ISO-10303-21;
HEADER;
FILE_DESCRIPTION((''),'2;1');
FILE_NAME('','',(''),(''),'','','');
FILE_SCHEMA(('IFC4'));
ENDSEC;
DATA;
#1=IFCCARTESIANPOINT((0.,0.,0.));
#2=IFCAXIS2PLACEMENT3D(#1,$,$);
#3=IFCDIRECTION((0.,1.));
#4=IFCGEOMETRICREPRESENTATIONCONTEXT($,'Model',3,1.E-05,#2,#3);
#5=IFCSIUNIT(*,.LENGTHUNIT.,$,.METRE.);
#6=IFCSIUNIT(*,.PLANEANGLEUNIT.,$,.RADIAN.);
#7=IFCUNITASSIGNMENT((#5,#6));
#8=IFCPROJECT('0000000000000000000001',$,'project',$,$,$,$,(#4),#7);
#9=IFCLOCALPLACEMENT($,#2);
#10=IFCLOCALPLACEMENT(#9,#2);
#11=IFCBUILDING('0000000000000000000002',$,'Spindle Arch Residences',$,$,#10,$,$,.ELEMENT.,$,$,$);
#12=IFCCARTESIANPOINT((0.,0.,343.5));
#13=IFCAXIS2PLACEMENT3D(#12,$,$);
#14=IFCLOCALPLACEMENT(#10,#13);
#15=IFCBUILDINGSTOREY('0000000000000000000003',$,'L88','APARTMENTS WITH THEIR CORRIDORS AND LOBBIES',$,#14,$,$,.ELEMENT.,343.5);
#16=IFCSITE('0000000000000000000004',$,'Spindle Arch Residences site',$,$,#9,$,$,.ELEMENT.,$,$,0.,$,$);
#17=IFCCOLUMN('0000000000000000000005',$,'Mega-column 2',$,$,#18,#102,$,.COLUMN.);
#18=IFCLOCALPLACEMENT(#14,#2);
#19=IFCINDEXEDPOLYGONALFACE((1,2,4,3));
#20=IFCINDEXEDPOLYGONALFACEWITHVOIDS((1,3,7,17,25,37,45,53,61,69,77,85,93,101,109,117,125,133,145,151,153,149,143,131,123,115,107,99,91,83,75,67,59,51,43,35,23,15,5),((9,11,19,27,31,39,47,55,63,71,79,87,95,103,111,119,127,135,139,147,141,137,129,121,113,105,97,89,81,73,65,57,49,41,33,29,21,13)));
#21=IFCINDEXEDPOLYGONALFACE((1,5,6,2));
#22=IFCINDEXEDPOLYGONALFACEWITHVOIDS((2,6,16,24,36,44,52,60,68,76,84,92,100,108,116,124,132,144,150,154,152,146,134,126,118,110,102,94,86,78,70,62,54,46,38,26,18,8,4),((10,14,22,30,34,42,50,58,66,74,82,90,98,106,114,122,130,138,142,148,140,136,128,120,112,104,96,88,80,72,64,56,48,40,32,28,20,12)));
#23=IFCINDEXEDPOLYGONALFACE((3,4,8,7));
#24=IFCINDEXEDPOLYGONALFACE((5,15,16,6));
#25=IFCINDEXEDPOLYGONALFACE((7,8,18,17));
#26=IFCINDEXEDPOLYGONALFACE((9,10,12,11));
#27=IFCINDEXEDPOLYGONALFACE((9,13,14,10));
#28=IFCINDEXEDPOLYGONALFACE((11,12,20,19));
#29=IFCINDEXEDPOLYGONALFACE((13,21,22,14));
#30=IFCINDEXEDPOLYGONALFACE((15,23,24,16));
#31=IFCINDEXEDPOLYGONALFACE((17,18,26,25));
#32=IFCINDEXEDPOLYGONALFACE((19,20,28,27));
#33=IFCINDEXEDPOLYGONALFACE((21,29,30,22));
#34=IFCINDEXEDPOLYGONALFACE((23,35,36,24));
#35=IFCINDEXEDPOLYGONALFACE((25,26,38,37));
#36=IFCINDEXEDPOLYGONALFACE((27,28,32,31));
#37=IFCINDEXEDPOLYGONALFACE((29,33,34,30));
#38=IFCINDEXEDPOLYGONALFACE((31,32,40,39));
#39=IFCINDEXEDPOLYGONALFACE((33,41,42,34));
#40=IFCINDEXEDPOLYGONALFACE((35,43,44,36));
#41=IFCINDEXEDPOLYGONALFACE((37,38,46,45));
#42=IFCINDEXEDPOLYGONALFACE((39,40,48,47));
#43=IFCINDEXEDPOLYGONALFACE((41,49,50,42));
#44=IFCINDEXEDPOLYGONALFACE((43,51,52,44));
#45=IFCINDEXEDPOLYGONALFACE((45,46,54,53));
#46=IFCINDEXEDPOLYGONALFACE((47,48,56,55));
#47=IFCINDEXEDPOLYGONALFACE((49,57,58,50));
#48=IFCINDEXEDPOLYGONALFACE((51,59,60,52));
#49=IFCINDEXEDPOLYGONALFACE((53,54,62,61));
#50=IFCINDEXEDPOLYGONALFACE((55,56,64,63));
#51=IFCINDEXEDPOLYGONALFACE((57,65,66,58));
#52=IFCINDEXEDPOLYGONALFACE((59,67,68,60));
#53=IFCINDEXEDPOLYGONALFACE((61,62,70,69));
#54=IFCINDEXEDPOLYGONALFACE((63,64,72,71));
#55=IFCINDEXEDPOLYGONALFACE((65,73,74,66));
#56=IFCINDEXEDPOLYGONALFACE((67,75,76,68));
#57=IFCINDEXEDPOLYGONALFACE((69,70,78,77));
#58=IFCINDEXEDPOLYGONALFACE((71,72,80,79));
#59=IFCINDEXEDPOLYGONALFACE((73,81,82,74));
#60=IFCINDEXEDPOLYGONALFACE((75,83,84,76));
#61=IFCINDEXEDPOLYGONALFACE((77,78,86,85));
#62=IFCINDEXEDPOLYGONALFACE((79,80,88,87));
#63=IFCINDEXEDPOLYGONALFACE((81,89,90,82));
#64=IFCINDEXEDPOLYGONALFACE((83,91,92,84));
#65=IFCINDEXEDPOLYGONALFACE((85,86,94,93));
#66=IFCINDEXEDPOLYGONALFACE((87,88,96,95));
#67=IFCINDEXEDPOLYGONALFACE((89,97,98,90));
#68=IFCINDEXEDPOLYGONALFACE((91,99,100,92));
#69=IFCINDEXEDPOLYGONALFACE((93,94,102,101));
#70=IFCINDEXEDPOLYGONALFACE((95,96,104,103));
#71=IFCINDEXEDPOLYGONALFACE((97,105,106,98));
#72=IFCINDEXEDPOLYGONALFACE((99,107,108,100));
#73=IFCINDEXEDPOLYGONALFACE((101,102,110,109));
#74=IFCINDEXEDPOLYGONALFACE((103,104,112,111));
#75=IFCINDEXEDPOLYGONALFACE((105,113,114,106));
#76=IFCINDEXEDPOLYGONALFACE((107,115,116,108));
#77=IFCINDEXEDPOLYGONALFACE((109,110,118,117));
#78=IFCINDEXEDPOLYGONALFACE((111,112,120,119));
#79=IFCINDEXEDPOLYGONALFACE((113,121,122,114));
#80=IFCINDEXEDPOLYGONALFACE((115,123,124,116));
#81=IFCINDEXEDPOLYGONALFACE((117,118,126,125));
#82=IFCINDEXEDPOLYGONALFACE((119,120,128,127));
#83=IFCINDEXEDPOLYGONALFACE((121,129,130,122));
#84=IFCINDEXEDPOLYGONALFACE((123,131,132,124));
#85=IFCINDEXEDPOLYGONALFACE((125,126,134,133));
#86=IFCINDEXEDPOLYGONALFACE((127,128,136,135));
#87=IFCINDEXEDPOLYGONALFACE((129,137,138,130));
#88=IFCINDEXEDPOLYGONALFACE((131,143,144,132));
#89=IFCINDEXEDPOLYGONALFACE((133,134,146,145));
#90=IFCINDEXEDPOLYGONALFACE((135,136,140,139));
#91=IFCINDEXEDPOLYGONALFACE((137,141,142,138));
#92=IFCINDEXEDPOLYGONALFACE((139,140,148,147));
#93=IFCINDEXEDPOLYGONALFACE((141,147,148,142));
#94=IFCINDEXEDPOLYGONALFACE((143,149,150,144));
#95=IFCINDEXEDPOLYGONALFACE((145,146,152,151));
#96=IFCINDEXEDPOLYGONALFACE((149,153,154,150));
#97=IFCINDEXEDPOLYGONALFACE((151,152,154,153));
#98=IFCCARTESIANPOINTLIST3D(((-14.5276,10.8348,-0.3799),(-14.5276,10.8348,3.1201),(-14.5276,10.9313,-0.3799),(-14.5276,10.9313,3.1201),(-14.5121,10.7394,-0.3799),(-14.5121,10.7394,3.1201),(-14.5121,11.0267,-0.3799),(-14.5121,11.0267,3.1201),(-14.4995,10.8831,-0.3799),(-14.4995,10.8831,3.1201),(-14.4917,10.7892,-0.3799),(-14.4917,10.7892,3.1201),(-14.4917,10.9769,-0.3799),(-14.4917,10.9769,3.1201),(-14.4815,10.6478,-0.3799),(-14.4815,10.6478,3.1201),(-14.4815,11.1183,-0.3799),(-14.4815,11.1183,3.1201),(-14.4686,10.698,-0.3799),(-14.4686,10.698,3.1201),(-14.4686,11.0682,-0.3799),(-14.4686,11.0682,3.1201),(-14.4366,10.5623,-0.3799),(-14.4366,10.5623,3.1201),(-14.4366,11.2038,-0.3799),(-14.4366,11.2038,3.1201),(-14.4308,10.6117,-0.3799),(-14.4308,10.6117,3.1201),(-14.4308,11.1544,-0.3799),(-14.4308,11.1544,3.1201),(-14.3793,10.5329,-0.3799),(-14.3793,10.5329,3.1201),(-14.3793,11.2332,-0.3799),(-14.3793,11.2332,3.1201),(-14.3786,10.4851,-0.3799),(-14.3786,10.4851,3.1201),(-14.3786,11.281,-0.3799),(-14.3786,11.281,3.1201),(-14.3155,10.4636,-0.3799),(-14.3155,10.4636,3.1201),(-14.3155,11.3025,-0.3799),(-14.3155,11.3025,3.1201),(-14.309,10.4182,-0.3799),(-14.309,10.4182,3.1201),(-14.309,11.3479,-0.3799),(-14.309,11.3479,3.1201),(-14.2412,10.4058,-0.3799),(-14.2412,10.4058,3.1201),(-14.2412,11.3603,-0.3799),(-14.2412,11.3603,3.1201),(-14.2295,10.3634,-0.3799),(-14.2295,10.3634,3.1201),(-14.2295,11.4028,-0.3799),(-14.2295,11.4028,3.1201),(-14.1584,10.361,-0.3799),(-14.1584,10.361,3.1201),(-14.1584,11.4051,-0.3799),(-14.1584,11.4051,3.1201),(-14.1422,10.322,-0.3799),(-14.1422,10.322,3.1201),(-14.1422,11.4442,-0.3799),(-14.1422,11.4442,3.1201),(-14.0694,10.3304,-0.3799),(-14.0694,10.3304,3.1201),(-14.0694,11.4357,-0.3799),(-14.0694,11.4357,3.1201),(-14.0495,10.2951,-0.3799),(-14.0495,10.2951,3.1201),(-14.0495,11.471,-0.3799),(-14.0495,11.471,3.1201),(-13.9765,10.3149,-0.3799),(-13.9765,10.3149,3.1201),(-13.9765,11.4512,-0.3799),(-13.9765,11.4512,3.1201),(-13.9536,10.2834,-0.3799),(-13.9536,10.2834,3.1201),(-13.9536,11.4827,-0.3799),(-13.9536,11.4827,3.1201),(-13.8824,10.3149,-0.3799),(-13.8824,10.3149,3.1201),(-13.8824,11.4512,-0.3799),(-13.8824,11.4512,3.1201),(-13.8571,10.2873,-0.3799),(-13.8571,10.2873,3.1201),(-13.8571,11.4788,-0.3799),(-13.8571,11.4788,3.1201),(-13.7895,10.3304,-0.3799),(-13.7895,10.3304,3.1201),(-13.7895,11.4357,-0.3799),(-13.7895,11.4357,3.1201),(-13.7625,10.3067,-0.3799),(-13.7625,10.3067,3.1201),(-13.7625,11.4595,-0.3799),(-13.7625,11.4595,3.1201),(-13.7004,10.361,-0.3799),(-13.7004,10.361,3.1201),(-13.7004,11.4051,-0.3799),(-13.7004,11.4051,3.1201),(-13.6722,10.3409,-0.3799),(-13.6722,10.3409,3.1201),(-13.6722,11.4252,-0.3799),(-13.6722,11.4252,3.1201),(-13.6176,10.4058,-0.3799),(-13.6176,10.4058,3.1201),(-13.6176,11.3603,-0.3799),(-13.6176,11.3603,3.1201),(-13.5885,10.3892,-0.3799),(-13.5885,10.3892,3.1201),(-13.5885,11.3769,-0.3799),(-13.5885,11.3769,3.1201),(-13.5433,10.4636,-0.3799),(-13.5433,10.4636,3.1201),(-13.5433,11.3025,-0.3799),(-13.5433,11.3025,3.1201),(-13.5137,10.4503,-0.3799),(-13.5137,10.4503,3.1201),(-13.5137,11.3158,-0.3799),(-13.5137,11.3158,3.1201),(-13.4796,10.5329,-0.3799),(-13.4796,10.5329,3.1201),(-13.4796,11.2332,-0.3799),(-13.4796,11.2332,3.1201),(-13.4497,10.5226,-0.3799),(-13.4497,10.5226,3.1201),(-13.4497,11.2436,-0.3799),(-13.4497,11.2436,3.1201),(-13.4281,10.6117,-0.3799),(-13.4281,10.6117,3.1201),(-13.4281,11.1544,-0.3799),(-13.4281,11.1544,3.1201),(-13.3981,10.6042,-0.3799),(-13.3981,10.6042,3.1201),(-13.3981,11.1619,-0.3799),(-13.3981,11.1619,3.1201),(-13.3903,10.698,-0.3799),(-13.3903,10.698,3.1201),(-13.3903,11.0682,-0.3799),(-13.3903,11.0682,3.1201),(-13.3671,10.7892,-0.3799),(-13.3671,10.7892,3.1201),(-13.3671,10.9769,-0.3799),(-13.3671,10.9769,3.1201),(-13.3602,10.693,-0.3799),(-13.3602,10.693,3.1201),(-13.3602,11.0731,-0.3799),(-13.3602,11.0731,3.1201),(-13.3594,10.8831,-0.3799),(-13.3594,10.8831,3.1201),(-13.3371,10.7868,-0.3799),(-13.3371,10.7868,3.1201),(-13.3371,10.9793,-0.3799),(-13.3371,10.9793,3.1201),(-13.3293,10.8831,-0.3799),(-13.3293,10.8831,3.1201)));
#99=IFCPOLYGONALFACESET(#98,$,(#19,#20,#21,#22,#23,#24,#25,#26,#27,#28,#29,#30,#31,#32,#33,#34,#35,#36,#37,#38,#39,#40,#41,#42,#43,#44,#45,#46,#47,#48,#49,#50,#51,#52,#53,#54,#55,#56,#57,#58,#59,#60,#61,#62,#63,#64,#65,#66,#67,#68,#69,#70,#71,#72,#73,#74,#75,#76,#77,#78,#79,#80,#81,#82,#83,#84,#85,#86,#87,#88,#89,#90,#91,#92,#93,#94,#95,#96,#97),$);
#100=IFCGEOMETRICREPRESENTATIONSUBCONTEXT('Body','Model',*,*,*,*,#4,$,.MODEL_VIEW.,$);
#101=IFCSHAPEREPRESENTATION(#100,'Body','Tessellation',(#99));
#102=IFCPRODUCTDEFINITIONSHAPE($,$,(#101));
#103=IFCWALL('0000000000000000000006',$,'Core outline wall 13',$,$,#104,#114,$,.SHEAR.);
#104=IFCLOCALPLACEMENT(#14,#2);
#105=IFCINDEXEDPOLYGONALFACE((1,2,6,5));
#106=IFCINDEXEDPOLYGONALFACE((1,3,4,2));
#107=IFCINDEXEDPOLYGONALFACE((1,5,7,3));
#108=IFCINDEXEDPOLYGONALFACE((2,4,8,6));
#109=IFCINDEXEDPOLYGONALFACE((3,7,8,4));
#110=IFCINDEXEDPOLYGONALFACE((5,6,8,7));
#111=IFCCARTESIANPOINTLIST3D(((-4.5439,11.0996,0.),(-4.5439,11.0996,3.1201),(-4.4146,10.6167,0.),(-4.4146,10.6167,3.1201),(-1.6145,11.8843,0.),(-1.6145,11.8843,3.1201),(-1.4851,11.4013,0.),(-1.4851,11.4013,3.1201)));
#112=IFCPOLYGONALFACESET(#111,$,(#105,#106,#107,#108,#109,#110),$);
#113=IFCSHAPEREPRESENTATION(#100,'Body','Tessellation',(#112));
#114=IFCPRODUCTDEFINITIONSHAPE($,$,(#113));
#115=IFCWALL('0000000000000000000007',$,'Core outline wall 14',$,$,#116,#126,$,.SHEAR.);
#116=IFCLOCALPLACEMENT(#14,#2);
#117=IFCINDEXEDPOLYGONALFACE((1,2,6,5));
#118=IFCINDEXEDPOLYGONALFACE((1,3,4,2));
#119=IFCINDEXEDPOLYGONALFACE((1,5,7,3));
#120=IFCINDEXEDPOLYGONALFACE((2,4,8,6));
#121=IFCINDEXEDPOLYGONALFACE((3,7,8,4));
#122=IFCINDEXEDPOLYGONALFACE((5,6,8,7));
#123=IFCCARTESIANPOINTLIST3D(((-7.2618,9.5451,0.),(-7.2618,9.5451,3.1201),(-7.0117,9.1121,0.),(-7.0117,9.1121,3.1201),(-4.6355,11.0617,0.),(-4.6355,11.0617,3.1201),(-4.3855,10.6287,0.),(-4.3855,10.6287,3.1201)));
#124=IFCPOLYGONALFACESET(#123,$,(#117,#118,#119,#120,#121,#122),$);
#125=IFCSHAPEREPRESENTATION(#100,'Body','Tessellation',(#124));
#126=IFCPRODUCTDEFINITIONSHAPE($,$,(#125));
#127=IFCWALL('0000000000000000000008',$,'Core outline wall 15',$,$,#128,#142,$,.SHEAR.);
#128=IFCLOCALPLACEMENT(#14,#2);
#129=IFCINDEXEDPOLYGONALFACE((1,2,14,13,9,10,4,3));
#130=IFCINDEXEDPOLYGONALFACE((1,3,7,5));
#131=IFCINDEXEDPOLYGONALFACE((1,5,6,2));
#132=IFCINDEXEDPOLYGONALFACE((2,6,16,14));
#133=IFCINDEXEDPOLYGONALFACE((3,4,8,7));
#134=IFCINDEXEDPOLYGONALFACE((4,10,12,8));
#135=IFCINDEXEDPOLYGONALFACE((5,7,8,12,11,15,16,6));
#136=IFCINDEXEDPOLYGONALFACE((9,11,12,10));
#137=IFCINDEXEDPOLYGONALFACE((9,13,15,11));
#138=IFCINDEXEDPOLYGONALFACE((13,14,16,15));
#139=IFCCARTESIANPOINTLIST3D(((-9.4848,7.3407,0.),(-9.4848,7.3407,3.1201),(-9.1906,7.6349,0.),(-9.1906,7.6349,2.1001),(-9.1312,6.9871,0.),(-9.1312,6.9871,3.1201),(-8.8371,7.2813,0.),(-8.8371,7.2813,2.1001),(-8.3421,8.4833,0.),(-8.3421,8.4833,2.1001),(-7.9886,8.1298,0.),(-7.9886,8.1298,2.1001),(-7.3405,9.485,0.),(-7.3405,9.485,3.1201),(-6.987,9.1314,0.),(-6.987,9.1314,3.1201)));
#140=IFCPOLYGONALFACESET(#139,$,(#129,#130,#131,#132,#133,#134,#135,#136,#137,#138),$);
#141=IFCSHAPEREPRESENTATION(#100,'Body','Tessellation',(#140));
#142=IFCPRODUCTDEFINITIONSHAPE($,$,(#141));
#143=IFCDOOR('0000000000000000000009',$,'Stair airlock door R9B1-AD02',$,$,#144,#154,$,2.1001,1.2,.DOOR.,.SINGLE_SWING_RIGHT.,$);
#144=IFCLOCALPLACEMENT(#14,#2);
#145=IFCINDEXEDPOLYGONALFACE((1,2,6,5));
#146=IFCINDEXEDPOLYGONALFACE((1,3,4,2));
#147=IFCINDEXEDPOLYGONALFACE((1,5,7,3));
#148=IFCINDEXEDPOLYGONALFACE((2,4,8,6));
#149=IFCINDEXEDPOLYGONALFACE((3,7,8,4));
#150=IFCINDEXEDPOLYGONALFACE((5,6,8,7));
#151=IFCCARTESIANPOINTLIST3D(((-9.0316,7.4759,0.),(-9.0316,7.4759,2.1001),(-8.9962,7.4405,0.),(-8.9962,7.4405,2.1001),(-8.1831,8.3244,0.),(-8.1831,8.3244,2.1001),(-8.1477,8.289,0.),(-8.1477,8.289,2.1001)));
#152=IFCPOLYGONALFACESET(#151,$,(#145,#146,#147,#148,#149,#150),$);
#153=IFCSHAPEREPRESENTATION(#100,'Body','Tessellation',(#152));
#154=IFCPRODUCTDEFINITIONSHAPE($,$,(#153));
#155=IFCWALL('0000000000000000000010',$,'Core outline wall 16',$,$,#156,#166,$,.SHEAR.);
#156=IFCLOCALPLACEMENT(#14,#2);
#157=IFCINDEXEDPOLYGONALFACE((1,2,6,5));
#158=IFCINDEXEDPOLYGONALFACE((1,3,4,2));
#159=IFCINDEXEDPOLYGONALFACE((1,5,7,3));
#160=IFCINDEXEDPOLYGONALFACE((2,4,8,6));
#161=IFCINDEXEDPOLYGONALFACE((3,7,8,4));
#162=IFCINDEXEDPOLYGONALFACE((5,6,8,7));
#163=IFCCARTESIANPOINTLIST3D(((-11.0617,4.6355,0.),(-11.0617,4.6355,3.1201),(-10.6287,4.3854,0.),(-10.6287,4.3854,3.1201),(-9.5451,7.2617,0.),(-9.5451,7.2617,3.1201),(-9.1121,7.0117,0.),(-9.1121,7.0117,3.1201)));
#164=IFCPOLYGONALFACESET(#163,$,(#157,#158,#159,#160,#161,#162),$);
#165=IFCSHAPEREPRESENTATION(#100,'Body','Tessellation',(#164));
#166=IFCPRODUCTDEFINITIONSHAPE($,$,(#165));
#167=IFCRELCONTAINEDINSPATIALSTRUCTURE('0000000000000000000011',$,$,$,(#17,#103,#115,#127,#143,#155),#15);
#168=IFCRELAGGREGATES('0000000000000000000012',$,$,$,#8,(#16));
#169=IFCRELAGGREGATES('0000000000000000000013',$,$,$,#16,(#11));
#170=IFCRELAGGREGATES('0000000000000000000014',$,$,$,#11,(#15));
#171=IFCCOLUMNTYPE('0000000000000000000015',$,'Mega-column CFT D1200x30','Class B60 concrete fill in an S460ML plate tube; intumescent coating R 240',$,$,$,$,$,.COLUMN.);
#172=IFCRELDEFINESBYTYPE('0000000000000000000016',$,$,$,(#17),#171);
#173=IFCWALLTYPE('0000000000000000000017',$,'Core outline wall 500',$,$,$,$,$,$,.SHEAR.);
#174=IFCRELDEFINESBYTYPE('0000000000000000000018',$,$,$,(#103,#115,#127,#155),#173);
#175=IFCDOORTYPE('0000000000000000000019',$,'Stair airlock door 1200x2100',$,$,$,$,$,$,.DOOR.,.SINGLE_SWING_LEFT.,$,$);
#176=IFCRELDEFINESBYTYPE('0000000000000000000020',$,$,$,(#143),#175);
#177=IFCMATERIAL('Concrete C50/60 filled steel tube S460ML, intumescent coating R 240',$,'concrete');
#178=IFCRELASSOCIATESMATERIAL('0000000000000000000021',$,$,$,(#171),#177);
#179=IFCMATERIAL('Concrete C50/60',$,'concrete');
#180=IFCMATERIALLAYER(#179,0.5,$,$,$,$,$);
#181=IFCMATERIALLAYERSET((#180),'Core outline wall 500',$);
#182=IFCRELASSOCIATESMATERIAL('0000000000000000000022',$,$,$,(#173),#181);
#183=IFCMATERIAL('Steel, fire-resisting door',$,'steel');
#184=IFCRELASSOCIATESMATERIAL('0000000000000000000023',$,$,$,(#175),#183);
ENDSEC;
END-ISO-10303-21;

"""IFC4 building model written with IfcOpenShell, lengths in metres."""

from ifc_helpers import new_model, si_unit, direction, frame, frame_2d, origin, origin_2d, place, context, subcontext, project, spatial, rectangle, hollow_circle, extrude, material, layer, layer_set, material_profile, profile_set, type_object, element, fill, save


model = new_model("IFC4")

# Units and contexts
model_context = context("Model", 3, precision=1e-05, world=origin(), true_north=direction((0.0, 1.0)))
body_context = subcontext(model_context, "Body", "Model", "MODEL_VIEW")
ifc_project = project(units=[si_unit("LENGTHUNIT", "METRE"), si_unit("PLANEANGLEUNIT", "RADIAN")], contexts=[model_context])

# Site, building, storey
site_placement = place(None, origin())
site = spatial("IfcSite", under=ifc_project, at=site_placement, Name="Spindle Arch Residences site", CompositionType="ELEMENT", RefElevation=0.0)
building_placement = place(site_placement, origin())
building = spatial("IfcBuilding", under=site, at=building_placement, Name="Spindle Arch Residences", CompositionType="ELEMENT")
storey_placement = place(building_placement, frame((0.0, 0.0, 343.5)))
storey = spatial("IfcBuildingStorey", under=building, at=storey_placement, Name="L88", Description="APARTMENTS WITH THEIR CORRIDORS AND LOBBIES", CompositionType="ELEMENT", Elevation=343.5)

# Column
ifc_material_1 = material(Name="Concrete C50/60 filled steel tube S460ML, intumescent coating R 240", Category="concrete")
ifc_material_profile = material_profile(ifc_material_1, hollow_circle(Radius=0.6001, WallThickness=0.03, at=origin_2d()), Name="CFT D1200x30")
ifc_profile_set = profile_set([ifc_material_profile], Name="Concrete C50/60 filled steel tube S460ML, intumescent coating R 240")
column_type = type_object("IfcColumnType", Name="Mega-column CFT D1200x30", Description="Class B60 concrete fill in an S460ML plate tube; intumescent coating R 240", PredefinedType="COLUMN", material=ifc_profile_set)
column_placement = place(storey_placement, frame((-13.9294, 10.8831, -0.3799), z_axis=(0.0, 0.0, 1.0), x_axis=(1.0, 0.0, 0.0)))
element("IfcColumn", 1, at=column_placement, inside=storey, type_object=column_type, Name="Mega-column 2", PredefinedType="COLUMN", context=body_context, shape_type="SweptSolid", body=[
    extrude(hollow_circle(Radius=0.6001, WallThickness=0.03, at=origin_2d()), origin(), (0.0, 0.0, 1.0), 3.5),
])

# Walls
ifc_material_2 = material(Name="Concrete C50/60", Category="concrete")
ifc_layer_1 = layer(ifc_material_2, 0.5)
ifc_layer_set_1 = layer_set([ifc_layer_1], Name="Core outline wall 500")
wall_type_1 = type_object("IfcWallType", Name="Core outline wall 500", PredefinedType="SHEAR", material=ifc_layer_set_1)
for number, where, z_axis, x_axis, name in (
    (2, (-1.5498, 11.6428, 0.0), (0.0, 0.0, 1.0), (-0.965948, -0.258735, 0.0), "Core outline wall 13"),
    (3, (-4.5105, 10.8452, 0.0), (0.0, 0.0, 1.0), (-0.865975, -0.500087, 0.0), "Core outline wall 14"),
):
    element("IfcWall", number, at=place(storey_placement, frame(where, z_axis=z_axis, x_axis=x_axis)), inside=storey, type_object=wall_type_1, Name=name, PredefinedType="SHEAR", context=body_context, shape_type="SweptSolid", body=[
        extrude(rectangle(XDim=3.0327, YDim=0.5, at=frame_2d((1.5164, 0.0))), origin(), (0.0, 0.0, 1.0), 3.1201),
    ])

# Wall, opening, door
wall_1_placement = place(storey_placement, frame((-7.1638, 9.3081, 0.0), z_axis=(0.0, 0.0, 1.0), x_axis=(-0.707107, -0.707107, 0.0)))
wall_1 = element("IfcWall", 4, at=wall_1_placement, inside=storey, type_object=wall_type_1, Name="Core outline wall 15", PredefinedType="SHEAR", context=body_context, shape_type="SweptSolid", body=[
    extrude(rectangle(XDim=3.0325, YDim=0.5, at=frame_2d((1.5161, 0.0))), origin(), (0.0, 0.0, 1.0), 3.1201),
])
opening_1_placement = place(wall_1_placement, frame((1.4163, 0.0, 0.0)))
opening_1 = element("IfcOpeningElement", 5, at=opening_1_placement, cuts=wall_1, PredefinedType="OPENING", context=body_context, shape_type="SweptSolid", body=[
    extrude(rectangle(XDim=1.2, YDim=2.1001, at=frame_2d((0.6001, 1.05))), frame((0.0, 0.26, 0.0), z_axis=(0.0, -1.0, 0.0), x_axis=(1.0, 0.0, 0.0)), (0.0, 0.0, 1.0), 0.52),
])
ifc_material_3 = material(Name="Steel, fire-resisting door", Category="steel")
door_type_1 = type_object("IfcDoorType", Name="Stair airlock door 1200x2100", OperationType="SINGLE_SWING_LEFT", PredefinedType="DOOR", material=ifc_material_3)
door_1_placement = place(opening_1_placement, origin())
door_1 = element("IfcDoor", 6, at=door_1_placement, inside=storey, type_object=door_type_1, Name="Stair airlock door R9B1-AD02", OperationType="SINGLE_SWING_RIGHT", OverallHeight=2.1001, OverallWidth=1.2, PredefinedType="DOOR", context=body_context, shape_type="SweptSolid", body=[
    extrude(rectangle(XDim=1.2, YDim=2.1001, at=frame_2d((0.6001, 1.05))), frame((0.0, 0.0249, 0.0), z_axis=(0.0, -1.0, 0.0), x_axis=(1.0, 0.0, 0.0)), (0.0, 0.0, 1.0), 0.05),
])
fill(opening_1, door_1)

# Wall
wall_2_placement = place(storey_placement, frame((-9.3286, 7.1367, 0.0), z_axis=(0.0, 0.0, 1.0), x_axis=(-0.500087, -0.865975, 0.0)))
element("IfcWall", 7, at=wall_2_placement, inside=storey, type_object=wall_type_1, Name="Core outline wall 16", PredefinedType="SHEAR", context=body_context, shape_type="SweptSolid", body=[
    extrude(rectangle(XDim=3.0327, YDim=0.5, at=frame_2d((1.5164, 0.0))), origin(), (0.0, 0.0, 1.0), 3.1201),
])

save(model, "model.ifc")
